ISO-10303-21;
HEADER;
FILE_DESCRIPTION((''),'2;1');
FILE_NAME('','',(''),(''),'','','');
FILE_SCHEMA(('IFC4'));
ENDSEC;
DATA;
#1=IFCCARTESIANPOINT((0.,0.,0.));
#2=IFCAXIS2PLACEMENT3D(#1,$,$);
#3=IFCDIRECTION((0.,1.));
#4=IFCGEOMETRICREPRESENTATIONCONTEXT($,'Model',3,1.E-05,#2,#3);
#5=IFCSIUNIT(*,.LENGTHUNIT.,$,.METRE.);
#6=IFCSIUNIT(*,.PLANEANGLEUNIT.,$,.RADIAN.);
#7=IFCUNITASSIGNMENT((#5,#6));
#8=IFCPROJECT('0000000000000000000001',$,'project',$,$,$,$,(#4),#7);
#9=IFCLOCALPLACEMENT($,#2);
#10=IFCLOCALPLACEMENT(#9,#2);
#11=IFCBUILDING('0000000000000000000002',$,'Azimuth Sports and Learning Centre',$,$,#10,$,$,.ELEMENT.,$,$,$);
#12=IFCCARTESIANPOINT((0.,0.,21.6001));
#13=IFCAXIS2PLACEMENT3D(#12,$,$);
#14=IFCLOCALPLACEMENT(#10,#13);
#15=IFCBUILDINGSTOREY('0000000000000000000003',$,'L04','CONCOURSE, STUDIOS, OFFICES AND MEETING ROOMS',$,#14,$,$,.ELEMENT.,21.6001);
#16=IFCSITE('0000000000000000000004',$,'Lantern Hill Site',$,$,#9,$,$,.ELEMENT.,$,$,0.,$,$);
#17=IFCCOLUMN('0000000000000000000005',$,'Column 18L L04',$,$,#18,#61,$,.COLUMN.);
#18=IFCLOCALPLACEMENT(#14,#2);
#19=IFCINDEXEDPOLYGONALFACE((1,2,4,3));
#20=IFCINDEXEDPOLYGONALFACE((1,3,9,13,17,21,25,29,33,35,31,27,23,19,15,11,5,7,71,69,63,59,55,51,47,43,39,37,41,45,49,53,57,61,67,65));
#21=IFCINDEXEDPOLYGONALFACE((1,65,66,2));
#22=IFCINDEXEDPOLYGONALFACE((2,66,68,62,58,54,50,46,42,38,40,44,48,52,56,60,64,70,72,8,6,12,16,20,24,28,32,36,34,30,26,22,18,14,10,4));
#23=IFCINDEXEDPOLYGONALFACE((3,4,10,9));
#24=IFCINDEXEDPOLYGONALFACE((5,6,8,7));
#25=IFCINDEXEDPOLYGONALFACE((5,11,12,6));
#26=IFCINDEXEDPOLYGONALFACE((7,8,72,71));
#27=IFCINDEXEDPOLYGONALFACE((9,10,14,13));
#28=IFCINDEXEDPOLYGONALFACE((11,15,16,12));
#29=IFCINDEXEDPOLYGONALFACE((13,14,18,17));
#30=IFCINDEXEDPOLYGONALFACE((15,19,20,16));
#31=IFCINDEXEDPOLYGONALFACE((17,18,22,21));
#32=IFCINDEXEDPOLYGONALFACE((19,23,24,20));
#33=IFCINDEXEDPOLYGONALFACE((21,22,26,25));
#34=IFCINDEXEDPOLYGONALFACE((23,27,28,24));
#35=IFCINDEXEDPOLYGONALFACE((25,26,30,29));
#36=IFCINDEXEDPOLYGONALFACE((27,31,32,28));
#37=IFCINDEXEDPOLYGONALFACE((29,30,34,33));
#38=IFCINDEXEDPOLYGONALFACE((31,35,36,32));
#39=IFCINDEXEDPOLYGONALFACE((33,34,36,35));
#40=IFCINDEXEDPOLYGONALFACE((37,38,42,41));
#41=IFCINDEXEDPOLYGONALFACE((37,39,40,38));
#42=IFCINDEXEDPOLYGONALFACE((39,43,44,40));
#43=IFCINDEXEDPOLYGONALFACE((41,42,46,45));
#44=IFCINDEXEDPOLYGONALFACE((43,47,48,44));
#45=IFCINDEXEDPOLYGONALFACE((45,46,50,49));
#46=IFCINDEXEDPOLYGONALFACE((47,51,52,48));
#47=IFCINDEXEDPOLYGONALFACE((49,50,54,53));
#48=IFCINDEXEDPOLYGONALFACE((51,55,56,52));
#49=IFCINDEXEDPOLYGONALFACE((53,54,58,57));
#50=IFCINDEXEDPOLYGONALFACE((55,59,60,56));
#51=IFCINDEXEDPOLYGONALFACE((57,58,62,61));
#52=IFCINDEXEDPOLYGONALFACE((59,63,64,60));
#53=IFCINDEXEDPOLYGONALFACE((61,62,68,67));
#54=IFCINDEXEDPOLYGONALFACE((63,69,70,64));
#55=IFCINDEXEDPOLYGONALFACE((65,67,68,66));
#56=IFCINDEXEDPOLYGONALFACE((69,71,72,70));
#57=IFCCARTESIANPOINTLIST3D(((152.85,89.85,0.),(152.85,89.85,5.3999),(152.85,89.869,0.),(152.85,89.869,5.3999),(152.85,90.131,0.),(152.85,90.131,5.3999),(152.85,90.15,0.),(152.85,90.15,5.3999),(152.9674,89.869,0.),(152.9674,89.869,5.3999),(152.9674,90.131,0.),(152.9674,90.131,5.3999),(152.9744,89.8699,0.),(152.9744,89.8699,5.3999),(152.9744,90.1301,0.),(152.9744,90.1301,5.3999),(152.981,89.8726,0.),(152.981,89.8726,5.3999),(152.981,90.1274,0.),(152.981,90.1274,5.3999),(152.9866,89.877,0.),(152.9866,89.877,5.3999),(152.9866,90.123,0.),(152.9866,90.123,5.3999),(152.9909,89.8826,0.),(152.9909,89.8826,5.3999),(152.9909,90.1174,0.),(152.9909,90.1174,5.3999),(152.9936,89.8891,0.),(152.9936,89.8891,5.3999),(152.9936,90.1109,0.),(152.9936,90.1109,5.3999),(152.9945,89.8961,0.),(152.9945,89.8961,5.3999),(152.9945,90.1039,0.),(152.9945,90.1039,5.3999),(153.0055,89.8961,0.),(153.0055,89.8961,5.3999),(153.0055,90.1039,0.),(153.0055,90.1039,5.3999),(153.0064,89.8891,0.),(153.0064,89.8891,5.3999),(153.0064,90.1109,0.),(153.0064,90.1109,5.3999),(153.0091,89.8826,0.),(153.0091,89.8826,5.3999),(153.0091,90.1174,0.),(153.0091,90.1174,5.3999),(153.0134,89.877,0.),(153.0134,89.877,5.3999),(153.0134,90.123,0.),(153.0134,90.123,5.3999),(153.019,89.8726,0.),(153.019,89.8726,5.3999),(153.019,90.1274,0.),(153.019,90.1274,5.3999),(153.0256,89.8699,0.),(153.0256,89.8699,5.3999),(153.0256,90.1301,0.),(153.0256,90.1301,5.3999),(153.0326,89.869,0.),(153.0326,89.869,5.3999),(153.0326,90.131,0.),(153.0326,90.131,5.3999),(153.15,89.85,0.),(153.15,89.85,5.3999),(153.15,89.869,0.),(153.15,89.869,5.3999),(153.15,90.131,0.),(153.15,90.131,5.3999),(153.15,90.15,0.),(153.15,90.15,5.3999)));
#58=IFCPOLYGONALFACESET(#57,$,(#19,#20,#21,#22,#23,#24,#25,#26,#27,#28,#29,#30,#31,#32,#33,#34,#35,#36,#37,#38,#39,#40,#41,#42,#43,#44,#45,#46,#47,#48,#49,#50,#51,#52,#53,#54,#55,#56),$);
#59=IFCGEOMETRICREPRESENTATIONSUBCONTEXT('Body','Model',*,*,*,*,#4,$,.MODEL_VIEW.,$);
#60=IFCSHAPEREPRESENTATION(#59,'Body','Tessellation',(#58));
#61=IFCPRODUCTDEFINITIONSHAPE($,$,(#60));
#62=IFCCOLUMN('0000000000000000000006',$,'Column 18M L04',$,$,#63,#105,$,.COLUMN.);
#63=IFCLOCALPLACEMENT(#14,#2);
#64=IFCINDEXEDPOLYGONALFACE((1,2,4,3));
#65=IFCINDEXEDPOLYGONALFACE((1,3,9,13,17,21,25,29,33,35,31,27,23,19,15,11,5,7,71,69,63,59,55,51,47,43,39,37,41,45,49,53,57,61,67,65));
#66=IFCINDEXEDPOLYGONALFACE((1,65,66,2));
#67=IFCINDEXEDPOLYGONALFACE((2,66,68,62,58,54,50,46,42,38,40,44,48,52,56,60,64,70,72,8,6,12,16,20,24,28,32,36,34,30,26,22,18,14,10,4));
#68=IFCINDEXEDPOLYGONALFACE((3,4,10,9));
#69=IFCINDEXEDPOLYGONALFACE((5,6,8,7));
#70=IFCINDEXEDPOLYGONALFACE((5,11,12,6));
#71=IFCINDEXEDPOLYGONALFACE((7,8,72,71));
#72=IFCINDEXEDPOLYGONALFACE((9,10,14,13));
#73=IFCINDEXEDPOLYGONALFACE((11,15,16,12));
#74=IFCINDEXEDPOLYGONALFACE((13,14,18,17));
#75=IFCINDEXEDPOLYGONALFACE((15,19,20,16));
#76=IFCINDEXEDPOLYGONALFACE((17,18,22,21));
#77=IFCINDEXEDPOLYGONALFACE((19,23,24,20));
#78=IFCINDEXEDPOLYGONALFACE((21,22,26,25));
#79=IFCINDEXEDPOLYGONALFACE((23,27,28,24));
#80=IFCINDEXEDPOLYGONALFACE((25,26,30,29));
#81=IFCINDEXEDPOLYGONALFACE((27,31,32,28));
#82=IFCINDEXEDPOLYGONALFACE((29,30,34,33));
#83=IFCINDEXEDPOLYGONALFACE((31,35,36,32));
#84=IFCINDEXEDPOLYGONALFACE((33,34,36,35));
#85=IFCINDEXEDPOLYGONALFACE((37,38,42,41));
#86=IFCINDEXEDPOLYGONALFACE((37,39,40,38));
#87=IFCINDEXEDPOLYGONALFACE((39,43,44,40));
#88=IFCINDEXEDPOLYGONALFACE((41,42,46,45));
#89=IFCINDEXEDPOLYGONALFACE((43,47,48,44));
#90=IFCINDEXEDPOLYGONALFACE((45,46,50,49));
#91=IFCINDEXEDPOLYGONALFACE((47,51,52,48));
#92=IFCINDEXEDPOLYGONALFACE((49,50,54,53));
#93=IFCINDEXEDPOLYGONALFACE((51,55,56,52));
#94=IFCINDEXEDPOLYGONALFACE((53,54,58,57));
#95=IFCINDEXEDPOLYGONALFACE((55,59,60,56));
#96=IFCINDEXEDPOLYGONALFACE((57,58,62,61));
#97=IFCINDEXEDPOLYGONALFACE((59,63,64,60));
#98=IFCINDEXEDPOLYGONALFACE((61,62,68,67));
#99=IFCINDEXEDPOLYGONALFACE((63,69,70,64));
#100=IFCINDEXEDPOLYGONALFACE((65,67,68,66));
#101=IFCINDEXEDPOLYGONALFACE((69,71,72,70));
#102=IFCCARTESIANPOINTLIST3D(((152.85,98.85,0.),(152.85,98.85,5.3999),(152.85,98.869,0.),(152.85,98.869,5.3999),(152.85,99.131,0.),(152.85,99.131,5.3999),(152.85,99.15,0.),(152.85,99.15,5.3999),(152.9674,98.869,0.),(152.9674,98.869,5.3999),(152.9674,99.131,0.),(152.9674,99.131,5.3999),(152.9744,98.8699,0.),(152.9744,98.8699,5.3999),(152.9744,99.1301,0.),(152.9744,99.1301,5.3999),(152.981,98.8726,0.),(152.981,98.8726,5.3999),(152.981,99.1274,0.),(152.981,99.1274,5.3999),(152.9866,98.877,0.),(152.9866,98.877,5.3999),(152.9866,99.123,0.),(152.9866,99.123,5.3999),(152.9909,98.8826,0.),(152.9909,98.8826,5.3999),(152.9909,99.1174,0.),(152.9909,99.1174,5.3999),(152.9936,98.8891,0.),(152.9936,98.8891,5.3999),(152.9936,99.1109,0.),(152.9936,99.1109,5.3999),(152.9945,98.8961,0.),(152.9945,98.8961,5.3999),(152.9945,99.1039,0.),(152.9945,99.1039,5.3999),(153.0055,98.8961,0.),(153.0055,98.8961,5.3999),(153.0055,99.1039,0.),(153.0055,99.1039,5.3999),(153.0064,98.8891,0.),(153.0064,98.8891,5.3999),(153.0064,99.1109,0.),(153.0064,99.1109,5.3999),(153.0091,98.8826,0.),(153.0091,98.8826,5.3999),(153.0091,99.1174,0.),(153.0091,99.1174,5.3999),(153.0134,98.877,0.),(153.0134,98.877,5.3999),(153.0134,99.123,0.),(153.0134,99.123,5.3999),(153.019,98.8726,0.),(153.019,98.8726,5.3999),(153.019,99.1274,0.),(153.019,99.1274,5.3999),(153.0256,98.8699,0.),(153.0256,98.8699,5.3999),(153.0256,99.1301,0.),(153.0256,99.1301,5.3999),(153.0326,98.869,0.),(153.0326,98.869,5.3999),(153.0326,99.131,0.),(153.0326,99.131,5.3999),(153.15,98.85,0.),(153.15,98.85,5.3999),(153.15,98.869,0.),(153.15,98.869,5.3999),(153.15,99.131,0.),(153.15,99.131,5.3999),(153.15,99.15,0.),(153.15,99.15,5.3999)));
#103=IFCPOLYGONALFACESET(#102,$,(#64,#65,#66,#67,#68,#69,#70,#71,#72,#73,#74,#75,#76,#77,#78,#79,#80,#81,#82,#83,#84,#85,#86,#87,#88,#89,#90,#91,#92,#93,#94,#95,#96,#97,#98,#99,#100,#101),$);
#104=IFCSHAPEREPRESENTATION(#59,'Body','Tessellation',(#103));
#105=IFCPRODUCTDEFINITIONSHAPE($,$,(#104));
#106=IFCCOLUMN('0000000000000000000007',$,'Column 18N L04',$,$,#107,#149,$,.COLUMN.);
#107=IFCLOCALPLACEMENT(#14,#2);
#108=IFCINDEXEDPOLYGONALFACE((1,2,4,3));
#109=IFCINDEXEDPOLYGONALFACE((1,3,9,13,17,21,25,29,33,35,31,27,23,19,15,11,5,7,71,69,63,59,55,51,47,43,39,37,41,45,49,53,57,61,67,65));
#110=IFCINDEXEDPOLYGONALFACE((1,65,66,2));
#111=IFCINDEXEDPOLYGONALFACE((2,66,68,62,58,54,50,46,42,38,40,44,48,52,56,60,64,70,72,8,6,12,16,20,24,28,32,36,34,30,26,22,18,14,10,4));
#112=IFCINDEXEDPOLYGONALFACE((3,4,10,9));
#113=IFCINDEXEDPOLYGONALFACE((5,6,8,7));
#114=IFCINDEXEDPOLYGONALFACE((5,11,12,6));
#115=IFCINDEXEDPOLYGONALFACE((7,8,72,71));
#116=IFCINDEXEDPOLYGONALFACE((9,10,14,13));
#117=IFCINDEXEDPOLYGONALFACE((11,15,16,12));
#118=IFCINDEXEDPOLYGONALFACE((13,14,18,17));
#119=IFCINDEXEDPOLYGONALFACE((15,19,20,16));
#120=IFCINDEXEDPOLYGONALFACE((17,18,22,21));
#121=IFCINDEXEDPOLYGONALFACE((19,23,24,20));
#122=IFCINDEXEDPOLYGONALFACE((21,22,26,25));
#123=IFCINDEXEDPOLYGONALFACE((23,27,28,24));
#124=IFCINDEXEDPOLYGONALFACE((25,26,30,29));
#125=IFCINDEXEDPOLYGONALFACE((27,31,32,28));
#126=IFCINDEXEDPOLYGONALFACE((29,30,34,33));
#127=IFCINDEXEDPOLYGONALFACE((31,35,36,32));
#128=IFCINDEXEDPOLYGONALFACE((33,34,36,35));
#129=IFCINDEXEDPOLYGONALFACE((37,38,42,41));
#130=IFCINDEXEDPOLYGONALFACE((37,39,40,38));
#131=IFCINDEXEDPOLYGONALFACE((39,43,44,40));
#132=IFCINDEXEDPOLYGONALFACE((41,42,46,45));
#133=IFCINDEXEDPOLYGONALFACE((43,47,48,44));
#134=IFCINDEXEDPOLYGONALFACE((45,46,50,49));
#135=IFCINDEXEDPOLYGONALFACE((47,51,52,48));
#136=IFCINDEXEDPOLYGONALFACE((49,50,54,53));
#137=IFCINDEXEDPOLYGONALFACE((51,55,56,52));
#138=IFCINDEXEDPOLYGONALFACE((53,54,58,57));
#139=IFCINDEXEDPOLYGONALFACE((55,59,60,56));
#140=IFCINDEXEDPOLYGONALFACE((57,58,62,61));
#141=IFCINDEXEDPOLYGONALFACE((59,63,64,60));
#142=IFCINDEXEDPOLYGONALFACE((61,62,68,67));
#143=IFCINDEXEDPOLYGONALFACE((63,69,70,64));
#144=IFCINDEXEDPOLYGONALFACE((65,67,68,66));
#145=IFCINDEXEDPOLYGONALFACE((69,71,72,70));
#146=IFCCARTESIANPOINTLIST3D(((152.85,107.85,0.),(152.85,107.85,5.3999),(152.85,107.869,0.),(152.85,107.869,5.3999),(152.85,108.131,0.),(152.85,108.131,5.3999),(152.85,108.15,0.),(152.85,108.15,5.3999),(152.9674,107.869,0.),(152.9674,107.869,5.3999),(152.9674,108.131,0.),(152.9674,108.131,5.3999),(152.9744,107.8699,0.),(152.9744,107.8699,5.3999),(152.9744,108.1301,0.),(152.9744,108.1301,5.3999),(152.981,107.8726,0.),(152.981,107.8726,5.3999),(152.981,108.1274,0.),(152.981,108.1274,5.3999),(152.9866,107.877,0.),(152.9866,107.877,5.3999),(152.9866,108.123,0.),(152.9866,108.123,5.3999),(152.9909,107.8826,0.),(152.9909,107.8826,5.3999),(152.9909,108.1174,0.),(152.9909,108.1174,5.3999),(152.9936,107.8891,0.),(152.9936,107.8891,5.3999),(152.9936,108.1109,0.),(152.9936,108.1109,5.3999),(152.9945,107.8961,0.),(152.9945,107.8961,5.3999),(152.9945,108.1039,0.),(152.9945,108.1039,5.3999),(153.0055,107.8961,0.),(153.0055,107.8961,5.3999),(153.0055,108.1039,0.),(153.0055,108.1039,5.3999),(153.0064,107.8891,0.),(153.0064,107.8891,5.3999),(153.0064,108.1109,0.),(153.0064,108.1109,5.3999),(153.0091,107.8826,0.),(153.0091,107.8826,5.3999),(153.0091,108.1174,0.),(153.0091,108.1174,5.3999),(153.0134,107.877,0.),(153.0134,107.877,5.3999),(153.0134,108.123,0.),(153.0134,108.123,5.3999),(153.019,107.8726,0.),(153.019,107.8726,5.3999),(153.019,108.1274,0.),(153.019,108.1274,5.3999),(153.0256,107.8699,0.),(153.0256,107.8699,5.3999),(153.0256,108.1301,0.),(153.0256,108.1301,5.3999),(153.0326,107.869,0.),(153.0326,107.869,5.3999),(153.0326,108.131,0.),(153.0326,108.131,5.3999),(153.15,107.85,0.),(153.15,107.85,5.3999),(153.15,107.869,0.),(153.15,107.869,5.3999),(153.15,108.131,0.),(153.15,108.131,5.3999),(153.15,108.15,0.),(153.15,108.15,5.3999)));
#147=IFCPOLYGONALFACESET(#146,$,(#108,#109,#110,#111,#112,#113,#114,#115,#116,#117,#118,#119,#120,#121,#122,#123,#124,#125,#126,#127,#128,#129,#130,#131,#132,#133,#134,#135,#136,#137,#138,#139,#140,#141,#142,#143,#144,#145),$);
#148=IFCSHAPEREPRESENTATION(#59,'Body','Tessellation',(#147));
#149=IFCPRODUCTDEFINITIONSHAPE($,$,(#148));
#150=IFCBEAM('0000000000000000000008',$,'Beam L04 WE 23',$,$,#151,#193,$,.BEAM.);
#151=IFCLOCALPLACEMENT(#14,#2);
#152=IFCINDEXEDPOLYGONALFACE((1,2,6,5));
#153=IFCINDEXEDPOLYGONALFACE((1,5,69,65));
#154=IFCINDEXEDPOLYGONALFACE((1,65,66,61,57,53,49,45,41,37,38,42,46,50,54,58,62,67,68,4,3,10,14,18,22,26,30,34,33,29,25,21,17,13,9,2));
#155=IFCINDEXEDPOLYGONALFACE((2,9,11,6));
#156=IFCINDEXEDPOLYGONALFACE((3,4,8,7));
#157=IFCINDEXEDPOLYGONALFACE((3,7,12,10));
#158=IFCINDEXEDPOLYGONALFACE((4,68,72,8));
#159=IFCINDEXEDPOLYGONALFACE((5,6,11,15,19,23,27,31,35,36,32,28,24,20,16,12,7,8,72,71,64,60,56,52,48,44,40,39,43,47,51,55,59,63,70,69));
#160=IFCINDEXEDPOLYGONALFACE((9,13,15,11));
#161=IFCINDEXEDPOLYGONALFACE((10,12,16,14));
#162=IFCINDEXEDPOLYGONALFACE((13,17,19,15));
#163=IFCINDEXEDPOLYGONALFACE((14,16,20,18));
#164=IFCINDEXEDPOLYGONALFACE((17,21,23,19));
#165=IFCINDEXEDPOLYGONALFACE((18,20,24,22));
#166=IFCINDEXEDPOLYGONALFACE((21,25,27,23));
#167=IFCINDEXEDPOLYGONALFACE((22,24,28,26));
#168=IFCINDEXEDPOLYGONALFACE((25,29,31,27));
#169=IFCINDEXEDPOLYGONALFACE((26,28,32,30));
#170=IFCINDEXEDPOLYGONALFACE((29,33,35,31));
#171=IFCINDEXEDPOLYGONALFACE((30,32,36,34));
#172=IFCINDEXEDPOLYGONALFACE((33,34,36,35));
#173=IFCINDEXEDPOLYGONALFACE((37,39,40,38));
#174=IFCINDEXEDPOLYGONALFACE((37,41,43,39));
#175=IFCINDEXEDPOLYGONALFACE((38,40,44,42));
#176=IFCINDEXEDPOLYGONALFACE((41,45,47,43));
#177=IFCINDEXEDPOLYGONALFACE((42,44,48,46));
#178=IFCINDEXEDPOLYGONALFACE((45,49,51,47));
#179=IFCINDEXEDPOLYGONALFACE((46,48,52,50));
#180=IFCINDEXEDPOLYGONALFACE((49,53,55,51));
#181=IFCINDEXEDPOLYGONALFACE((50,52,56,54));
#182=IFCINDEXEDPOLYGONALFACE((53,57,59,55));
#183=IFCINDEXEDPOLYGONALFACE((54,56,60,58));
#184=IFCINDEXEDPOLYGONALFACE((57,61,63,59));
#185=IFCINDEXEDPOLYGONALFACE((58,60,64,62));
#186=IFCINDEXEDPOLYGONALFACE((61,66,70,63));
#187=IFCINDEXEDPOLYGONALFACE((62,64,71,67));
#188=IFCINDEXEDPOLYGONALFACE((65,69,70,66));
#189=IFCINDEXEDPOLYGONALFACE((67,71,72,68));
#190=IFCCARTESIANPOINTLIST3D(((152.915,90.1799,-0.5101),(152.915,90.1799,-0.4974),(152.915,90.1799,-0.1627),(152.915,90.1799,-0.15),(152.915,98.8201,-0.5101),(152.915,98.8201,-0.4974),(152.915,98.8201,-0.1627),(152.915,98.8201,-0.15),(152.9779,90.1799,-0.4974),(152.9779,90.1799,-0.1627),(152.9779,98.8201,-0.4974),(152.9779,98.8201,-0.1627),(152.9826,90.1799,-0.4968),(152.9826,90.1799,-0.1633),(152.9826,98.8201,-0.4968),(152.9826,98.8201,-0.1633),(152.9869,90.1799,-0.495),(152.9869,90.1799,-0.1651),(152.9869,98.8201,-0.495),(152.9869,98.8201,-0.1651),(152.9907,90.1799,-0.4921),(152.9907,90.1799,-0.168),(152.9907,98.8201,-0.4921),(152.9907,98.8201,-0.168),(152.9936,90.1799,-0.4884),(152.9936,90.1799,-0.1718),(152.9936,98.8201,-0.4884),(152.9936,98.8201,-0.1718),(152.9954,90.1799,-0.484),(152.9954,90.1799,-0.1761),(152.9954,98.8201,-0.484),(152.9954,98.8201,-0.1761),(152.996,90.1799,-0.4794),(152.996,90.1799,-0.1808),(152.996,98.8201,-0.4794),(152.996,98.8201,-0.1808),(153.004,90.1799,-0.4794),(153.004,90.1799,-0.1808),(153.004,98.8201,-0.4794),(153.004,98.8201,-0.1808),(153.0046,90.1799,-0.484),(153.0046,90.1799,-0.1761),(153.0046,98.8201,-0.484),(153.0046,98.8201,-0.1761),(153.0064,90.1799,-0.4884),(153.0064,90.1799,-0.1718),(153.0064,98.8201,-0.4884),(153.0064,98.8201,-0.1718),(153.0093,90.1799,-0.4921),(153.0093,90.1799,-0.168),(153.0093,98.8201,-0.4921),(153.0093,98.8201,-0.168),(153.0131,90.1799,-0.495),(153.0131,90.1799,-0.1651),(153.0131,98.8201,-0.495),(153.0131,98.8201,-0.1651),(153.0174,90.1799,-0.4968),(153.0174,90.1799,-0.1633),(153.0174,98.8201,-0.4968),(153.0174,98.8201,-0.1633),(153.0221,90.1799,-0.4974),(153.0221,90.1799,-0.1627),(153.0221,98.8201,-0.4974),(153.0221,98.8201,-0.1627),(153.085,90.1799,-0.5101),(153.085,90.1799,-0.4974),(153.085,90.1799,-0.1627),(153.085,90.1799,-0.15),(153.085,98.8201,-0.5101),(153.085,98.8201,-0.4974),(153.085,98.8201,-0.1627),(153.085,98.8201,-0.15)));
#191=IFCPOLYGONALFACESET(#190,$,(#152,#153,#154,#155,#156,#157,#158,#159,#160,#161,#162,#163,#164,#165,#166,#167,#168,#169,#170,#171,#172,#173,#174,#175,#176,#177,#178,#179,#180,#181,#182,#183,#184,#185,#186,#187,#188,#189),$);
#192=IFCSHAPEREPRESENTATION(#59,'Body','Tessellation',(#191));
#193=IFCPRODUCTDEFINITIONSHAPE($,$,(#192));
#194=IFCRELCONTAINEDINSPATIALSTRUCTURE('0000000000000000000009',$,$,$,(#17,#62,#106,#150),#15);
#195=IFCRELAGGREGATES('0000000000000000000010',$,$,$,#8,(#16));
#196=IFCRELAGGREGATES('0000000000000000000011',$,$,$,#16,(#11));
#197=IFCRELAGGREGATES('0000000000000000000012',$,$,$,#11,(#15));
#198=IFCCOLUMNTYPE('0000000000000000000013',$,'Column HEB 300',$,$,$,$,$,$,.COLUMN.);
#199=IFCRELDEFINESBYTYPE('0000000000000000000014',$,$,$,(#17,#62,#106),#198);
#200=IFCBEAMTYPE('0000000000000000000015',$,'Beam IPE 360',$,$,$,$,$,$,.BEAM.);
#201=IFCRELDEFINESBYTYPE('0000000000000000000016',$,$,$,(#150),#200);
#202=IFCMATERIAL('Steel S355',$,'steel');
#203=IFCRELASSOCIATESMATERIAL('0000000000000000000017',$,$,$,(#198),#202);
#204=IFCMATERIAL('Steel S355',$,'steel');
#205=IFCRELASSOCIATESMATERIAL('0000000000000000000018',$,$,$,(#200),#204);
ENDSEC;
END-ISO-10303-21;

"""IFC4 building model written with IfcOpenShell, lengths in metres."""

from ifc_helpers import new_model, si_unit, direction, frame, origin, origin_2d, place, context, subcontext, project, spatial, i_section, extrude, material, material_profile, profile_set, type_object, element, save


model = new_model("IFC4")

# Units and contexts
model_context = context("Model", 3, precision=1e-05, world=origin(), true_north=direction((0.0, 1.0)))
body_context = subcontext(model_context, "Body", "Model", "MODEL_VIEW")
ifc_project = project(units=[si_unit("LENGTHUNIT", "METRE"), si_unit("PLANEANGLEUNIT", "RADIAN")], contexts=[model_context])

# Site, building, storey
site_placement = place(None, origin())
site = spatial("IfcSite", under=ifc_project, at=site_placement, Name="Lantern Hill Site", CompositionType="ELEMENT", RefElevation=0.0)
building_placement = place(site_placement, origin())
building = spatial("IfcBuilding", under=site, at=building_placement, Name="Azimuth Sports and Learning Centre", CompositionType="ELEMENT")
storey_placement = place(building_placement, frame((0.0, 0.0, 21.6001)))
storey = spatial("IfcBuildingStorey", under=building, at=storey_placement, Name="L04", Description="CONCOURSE, STUDIOS, OFFICES AND MEETING ROOMS", CompositionType="ELEMENT", Elevation=21.6001)

# Columns
ifc_material_1 = material(Name="Steel S355", Category="steel")
ifc_material_profile_1 = material_profile(ifc_material_1, i_section(OverallWidth=0.3, OverallDepth=0.3, WebThickness=0.011, FlangeThickness=0.019, FilletRadius=0.0271, at=origin_2d()), Name="HEB 300")
ifc_profile_set_1 = profile_set([ifc_material_profile_1], Name="Steel S355")
column_type = type_object("IfcColumnType", Name="Column HEB 300", PredefinedType="COLUMN", material=ifc_profile_set_1)
for number, where, z_axis, x_axis, name in (
    (1, (153.0, 90.0, 0.0), (0.0, 0.0, 1.0), (1.0, 0.0, 0.0), "Column 18L L04"),
    (2, (153.0, 99.0, 0.0), (0.0, 0.0, 1.0), (1.0, 0.0, 0.0), "Column 18M L04"),
    (3, (153.0, 108.0, 0.0), (0.0, 0.0, 1.0), (1.0, 0.0, 0.0), "Column 18N L04"),
):
    element("IfcColumn", number, at=place(storey_placement, frame(where, z_axis=z_axis, x_axis=x_axis)), inside=storey, type_object=column_type, Name=name, PredefinedType="COLUMN", context=body_context, shape_type="SweptSolid", body=[
        extrude(i_section(OverallWidth=0.3, OverallDepth=0.3, WebThickness=0.011, FlangeThickness=0.019, FilletRadius=0.0271, at=origin_2d()), origin(), (0.0, 0.0, 1.0), 5.3999),
    ])

# Beam
ifc_material_2 = material(Name="Steel S355", Category="steel")
ifc_material_profile_2 = material_profile(ifc_material_2, i_section(OverallWidth=0.1699, OverallDepth=0.3601, WebThickness=0.0081, FlangeThickness=0.0127, FilletRadius=0.0181, at=origin_2d()), Name="IPE 360")
ifc_profile_set_2 = profile_set([ifc_material_profile_2], Name="Steel S355")
beam_type_1 = type_object("IfcBeamType", Name="Beam IPE 360", PredefinedType="BEAM", material=ifc_profile_set_2)
for number, where, z_axis, x_axis, name in (
    (4, (153.0, 90.1799, -0.3301), (0.0, 1.0, 0.0), (-1.0, 0.0, 0.0), "Beam L04 WE 23"),
):
    element("IfcBeam", number, at=place(storey_placement, frame(where, z_axis=z_axis, x_axis=x_axis)), inside=storey, type_object=beam_type_1, Name=name, PredefinedType="BEAM", context=body_context, shape_type="SweptSolid", body=[
        extrude(i_section(OverallWidth=0.1699, OverallDepth=0.3601, WebThickness=0.0081, FlangeThickness=0.0127, FilletRadius=0.0181, at=origin_2d()), origin(), (0.0, 0.0, 1.0), 8.6401),
    ])

save(model, "model.ifc")
